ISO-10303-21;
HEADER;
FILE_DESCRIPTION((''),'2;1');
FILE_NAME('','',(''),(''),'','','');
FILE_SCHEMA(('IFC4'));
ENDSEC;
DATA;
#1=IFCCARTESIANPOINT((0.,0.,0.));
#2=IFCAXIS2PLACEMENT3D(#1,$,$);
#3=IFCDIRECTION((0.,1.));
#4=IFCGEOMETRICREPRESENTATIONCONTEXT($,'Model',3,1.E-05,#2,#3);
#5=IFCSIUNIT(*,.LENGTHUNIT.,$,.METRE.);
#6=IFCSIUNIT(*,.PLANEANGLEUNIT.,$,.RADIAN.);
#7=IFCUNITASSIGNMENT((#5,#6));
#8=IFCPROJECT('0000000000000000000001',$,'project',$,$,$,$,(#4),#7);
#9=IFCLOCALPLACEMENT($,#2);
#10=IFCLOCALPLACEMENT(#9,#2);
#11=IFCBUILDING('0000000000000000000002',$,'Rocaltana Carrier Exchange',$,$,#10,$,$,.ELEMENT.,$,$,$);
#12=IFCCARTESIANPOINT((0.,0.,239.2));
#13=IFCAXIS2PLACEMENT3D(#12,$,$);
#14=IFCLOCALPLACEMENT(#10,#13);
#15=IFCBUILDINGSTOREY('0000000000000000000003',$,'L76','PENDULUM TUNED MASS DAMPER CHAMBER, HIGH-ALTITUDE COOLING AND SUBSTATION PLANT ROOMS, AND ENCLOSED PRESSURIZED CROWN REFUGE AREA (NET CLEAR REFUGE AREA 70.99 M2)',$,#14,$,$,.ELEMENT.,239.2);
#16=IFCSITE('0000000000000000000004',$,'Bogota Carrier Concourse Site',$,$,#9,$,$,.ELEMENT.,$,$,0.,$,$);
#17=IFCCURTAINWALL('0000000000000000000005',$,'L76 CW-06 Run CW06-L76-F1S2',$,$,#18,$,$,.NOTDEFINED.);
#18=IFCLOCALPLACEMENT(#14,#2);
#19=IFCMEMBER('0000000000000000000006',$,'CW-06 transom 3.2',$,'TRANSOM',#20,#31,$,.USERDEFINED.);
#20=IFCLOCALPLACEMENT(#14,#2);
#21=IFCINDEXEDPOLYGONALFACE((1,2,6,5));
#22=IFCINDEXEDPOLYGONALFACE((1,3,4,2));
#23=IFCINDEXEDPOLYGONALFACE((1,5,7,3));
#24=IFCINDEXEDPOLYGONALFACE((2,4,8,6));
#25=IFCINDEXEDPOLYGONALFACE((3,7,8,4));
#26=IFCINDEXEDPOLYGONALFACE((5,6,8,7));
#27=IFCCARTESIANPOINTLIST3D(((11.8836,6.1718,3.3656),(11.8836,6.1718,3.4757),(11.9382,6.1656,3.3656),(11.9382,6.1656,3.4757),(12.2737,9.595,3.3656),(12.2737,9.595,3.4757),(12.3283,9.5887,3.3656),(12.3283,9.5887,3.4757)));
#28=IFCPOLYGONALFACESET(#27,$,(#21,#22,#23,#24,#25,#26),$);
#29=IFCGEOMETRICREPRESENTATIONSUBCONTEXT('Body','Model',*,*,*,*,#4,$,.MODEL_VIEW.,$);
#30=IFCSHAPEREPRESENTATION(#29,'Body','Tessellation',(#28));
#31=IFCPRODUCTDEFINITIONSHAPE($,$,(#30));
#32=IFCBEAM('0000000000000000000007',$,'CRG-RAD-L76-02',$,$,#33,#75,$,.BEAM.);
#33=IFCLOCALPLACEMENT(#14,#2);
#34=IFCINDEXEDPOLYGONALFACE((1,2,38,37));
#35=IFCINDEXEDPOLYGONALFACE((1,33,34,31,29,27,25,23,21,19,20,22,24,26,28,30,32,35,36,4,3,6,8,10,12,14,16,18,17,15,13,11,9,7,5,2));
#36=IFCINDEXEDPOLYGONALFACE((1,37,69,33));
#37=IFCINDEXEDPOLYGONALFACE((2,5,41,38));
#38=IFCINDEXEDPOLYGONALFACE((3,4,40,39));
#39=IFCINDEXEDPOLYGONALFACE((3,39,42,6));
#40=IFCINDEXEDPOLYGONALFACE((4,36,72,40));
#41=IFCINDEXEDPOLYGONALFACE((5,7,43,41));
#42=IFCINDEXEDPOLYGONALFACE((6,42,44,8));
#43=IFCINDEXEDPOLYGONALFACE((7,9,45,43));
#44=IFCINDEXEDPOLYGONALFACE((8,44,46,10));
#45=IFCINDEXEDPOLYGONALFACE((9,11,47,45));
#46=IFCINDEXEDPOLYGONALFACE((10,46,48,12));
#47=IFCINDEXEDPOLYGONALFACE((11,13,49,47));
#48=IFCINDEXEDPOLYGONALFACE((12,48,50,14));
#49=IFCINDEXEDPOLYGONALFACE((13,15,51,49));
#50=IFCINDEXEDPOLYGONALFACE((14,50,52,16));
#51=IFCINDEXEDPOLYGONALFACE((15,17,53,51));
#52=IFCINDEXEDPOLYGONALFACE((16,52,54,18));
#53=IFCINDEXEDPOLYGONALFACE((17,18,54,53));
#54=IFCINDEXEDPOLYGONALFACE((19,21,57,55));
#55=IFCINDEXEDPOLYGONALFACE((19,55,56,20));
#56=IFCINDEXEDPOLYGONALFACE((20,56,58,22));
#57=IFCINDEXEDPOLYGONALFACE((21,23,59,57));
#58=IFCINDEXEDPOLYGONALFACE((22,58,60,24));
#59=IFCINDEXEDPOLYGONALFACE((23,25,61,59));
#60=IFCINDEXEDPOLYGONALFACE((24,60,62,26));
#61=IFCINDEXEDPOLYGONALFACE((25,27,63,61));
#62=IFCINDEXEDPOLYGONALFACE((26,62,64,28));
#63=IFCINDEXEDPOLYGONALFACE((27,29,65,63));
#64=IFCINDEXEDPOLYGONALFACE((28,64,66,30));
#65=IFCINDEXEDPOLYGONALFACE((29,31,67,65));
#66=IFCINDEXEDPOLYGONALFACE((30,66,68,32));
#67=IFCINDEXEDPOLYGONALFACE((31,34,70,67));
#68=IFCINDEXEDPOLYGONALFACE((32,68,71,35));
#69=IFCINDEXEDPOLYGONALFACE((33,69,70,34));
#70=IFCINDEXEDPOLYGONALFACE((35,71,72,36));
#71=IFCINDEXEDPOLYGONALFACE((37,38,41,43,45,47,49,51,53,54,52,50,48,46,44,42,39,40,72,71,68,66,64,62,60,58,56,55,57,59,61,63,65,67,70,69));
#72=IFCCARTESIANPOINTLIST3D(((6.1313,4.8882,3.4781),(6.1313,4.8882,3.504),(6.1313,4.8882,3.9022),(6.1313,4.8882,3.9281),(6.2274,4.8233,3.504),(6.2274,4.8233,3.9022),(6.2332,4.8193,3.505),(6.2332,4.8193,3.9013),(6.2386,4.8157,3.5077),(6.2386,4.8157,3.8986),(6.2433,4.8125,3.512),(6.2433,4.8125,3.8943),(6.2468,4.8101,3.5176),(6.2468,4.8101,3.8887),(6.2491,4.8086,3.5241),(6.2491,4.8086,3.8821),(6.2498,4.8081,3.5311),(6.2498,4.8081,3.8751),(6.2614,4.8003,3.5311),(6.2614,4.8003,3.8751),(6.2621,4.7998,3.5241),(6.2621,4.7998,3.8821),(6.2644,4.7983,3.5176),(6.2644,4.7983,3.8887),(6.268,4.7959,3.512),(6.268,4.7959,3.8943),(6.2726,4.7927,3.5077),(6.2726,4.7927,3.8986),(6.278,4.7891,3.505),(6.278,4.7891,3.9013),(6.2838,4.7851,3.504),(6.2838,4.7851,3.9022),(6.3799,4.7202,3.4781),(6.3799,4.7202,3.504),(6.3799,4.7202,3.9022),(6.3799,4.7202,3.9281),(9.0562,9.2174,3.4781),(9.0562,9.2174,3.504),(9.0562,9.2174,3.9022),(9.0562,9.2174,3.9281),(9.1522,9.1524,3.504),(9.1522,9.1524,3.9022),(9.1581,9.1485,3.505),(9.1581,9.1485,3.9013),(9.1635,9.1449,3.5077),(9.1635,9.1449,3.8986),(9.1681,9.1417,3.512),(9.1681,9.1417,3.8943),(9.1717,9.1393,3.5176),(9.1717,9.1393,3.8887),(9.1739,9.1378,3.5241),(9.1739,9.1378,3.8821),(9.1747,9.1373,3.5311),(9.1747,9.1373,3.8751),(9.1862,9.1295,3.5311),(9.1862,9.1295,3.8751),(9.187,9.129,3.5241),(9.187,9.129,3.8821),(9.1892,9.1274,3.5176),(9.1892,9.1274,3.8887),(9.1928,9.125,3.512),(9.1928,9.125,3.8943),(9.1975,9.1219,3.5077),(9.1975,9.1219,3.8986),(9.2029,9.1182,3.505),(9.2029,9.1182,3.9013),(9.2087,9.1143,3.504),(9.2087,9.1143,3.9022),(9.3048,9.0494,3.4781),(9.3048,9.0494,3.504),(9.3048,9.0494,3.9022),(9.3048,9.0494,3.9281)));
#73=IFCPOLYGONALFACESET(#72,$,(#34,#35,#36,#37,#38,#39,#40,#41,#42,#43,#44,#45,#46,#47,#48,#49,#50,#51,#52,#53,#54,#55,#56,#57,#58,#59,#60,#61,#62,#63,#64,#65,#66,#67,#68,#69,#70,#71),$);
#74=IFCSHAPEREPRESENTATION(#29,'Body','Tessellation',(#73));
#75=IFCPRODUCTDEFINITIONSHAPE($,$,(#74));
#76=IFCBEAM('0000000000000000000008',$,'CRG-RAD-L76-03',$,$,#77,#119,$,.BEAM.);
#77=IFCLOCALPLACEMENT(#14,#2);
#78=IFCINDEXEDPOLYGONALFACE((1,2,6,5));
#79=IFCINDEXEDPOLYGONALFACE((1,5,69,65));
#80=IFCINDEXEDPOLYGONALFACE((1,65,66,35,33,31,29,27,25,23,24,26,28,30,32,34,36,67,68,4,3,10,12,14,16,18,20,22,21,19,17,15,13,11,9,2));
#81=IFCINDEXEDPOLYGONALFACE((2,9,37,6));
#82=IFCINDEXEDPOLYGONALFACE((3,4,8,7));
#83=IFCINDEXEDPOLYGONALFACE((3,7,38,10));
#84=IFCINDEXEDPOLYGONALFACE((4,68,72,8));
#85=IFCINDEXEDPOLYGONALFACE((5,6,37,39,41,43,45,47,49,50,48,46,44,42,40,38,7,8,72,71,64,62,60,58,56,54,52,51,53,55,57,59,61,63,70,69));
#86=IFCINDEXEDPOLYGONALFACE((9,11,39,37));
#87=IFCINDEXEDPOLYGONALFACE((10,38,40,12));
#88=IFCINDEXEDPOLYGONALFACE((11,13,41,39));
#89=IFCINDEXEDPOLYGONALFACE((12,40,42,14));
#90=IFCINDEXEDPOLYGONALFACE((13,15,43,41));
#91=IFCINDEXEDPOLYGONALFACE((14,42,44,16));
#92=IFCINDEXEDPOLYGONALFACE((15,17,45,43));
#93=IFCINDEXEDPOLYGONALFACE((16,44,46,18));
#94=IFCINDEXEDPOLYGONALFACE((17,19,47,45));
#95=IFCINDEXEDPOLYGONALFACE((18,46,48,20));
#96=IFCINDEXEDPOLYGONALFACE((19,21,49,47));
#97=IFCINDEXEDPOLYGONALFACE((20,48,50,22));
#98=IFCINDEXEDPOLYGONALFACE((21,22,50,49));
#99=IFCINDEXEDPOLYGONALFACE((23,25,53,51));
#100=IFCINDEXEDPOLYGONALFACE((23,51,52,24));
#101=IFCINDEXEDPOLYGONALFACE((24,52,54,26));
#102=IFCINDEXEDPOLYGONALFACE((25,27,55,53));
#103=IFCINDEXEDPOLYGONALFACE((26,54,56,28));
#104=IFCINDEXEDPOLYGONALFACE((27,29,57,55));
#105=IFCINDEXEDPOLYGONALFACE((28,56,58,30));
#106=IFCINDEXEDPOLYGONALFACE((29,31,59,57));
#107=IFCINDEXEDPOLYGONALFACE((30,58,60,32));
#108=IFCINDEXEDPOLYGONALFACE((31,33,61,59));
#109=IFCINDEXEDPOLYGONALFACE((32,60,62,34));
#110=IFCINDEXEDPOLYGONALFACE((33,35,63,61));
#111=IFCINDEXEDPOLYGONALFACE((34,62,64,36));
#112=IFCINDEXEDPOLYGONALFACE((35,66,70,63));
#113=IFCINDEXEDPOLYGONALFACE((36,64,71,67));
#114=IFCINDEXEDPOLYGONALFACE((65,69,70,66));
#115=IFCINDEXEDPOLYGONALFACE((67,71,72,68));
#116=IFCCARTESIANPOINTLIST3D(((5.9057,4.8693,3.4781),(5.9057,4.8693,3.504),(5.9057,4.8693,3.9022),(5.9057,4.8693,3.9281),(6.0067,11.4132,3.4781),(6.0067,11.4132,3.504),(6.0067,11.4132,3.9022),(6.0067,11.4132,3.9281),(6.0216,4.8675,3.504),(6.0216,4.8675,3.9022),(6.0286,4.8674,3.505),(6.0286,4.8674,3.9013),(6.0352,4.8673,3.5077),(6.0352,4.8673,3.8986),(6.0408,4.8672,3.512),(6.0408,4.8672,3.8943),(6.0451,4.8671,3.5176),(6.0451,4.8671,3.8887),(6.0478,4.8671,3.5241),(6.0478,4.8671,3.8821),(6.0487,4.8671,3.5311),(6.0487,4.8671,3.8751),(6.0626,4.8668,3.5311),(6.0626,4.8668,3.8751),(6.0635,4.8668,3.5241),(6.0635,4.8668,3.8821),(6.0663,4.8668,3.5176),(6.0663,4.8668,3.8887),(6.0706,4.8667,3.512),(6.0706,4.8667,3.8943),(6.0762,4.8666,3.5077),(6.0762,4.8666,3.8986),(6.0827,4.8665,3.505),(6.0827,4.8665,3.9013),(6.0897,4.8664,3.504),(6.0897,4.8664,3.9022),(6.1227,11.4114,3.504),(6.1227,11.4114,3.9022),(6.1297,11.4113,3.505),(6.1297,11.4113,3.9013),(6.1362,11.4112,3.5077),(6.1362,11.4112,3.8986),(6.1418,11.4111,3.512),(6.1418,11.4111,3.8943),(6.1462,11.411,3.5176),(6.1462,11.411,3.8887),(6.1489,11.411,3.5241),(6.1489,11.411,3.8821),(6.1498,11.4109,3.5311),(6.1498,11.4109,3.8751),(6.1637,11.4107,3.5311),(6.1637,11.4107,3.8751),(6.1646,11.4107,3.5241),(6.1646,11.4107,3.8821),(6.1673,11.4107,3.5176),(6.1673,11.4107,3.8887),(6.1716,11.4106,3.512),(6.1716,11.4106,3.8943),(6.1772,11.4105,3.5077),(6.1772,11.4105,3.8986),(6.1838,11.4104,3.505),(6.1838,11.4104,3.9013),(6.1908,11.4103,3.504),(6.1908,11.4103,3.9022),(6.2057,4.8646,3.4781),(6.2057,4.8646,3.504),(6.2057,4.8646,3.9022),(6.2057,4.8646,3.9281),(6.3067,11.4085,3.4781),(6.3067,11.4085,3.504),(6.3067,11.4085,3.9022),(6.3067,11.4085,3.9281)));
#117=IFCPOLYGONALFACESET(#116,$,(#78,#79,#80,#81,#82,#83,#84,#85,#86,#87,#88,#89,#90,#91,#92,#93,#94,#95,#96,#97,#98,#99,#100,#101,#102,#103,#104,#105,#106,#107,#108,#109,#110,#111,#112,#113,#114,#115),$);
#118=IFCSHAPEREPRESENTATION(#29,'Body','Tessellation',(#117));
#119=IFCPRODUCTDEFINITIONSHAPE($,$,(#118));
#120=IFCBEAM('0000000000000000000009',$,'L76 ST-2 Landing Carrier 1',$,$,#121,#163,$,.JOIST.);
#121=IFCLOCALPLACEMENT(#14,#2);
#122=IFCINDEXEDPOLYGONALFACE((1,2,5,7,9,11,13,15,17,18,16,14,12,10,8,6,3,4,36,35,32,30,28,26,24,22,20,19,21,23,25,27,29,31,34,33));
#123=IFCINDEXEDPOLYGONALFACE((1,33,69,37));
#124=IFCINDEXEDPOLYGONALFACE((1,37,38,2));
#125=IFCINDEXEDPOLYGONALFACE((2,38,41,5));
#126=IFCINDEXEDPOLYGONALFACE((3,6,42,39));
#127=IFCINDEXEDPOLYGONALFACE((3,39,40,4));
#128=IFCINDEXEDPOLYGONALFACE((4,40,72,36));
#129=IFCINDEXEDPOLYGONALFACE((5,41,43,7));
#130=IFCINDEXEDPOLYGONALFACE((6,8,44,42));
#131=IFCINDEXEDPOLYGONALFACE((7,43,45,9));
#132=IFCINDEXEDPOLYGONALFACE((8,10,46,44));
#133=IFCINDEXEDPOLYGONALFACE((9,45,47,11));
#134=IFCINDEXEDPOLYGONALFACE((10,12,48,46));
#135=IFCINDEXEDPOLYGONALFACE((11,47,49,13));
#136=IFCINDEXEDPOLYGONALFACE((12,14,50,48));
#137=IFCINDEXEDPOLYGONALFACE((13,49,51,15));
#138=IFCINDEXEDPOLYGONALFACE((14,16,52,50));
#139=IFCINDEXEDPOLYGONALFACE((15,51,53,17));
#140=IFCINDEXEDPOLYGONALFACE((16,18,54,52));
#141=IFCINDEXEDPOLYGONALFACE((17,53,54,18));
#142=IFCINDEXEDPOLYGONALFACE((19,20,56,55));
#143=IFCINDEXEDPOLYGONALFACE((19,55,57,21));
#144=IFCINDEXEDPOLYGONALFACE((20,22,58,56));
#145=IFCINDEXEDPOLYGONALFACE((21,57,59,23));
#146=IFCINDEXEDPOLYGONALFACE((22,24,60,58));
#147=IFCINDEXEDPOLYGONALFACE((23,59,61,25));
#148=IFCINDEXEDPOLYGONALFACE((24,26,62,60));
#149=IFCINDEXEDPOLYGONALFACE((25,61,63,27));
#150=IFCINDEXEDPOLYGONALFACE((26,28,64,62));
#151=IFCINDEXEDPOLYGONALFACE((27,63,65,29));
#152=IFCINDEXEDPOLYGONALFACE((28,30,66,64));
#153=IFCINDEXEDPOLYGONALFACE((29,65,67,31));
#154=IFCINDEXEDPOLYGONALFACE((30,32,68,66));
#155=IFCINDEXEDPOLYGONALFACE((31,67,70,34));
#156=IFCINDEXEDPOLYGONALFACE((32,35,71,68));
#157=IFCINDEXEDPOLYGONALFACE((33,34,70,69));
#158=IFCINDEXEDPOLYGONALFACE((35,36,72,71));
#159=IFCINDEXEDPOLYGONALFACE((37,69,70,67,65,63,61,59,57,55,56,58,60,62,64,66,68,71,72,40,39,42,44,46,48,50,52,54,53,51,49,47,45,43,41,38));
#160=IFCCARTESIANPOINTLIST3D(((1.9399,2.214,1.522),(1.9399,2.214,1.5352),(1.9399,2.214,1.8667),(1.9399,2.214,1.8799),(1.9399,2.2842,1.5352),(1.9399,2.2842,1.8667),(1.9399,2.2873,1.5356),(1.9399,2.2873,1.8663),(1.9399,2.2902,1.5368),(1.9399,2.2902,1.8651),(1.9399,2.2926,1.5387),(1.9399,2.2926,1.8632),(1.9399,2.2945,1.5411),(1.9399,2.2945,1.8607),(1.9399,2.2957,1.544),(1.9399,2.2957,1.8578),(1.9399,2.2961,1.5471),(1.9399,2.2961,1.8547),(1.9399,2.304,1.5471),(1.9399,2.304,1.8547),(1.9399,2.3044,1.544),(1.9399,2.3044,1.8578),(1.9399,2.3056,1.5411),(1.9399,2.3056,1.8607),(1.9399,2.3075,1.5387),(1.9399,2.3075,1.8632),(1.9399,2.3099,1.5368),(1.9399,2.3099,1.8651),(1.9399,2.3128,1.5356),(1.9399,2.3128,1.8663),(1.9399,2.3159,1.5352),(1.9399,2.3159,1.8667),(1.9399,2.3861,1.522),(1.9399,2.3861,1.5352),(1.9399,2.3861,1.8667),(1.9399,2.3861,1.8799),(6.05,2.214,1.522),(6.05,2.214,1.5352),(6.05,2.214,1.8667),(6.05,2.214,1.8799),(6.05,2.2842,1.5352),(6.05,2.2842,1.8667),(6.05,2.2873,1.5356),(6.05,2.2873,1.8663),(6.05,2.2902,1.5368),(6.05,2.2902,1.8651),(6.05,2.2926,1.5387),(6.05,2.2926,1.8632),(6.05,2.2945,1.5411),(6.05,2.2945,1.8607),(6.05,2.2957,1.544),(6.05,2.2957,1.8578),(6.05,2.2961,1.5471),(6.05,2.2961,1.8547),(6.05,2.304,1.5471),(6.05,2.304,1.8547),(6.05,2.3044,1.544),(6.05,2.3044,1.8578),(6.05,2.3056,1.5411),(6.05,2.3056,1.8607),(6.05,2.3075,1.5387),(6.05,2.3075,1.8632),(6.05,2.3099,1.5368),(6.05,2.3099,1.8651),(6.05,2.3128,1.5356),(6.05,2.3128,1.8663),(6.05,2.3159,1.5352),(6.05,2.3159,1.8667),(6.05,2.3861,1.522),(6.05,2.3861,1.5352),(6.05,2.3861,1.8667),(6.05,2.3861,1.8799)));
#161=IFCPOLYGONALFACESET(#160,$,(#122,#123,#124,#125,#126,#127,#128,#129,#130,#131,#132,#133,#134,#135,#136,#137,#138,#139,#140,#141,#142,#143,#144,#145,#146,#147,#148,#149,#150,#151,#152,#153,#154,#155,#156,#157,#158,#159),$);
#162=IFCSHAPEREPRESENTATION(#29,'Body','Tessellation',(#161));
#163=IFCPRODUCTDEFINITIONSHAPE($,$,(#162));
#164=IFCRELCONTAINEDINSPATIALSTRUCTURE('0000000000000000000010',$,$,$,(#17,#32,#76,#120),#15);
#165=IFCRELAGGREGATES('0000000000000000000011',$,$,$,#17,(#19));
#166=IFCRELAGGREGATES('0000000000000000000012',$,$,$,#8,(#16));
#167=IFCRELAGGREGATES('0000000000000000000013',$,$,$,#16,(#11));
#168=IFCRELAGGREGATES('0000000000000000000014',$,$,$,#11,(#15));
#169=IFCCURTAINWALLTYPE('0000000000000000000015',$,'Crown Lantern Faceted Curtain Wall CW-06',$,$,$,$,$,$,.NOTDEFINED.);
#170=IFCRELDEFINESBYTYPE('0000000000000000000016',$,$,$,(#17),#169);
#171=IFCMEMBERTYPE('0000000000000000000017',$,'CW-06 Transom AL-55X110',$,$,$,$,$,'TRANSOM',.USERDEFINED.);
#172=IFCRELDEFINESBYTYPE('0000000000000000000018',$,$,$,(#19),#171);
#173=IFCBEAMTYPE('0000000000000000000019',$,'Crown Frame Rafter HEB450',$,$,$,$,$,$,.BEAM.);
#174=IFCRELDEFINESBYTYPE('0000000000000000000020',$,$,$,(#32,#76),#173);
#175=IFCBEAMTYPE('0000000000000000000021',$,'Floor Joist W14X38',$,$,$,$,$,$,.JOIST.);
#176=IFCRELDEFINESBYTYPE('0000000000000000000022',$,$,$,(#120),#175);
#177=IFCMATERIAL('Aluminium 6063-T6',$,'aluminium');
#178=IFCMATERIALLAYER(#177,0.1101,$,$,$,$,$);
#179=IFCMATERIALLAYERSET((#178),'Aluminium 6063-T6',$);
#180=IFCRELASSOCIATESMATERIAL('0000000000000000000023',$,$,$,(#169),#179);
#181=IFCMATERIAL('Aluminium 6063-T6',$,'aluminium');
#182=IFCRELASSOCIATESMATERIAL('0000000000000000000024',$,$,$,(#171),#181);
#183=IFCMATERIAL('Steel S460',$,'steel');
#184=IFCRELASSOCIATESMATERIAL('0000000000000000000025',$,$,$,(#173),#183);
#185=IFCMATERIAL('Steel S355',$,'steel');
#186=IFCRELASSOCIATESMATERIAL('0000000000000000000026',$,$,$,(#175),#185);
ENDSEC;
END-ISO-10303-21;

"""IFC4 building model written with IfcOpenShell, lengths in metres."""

from ifc_helpers import new_model, si_unit, direction, frame, origin, origin_2d, place, context, subcontext, project, spatial, rectangle, i_section, extrude, material, layer, layer_set, material_profile, profile_set, type_object, element, aggregate, save


model = new_model("IFC4")

# Units and contexts
model_context = context("Model", 3, precision=1e-05, world=origin(), true_north=direction((0.0, 1.0)))
body_context = subcontext(model_context, "Body", "Model", "MODEL_VIEW")
ifc_project = project(units=[si_unit("LENGTHUNIT", "METRE"), si_unit("PLANEANGLEUNIT", "RADIAN")], contexts=[model_context])

# Site, building, storey
site_placement = place(None, origin())
site = spatial("IfcSite", under=ifc_project, at=site_placement, Name="Bogota Carrier Concourse Site", CompositionType="ELEMENT", RefElevation=0.0)
building_placement = place(site_placement, origin())
building = spatial("IfcBuilding", under=site, at=building_placement, Name="Rocaltana Carrier Exchange", CompositionType="ELEMENT")
storey_placement = place(building_placement, frame((0.0, 0.0, 239.2)))
storey = spatial("IfcBuildingStorey", under=building, at=storey_placement, Name="L76", Description="PENDULUM TUNED MASS DAMPER CHAMBER, HIGH-ALTITUDE COOLING AND SUBSTATION PLANT ROOMS, AND ENCLOSED PRESSURIZED CROWN REFUGE AREA (NET CLEAR REFUGE AREA 70.99 M2)", CompositionType="ELEMENT", Elevation=239.2)

# Curtain wall, member
ifc_material_1 = material(Name="Aluminium 6063-T6", Category="aluminium")
ifc_layer_1 = layer(ifc_material_1, 0.1101)
ifc_layer_set_1 = layer_set([ifc_layer_1], Name="Aluminium 6063-T6")
curtain_wall_type = type_object("IfcCurtainWallType", Name="Crown Lantern Faceted Curtain Wall CW-06", PredefinedType="NOTDEFINED", material=ifc_layer_set_1)
curtain_wall_placement = place(storey_placement, origin())
curtain_wall = element("IfcCurtainWall", 1, at=curtain_wall_placement, inside=storey, type_object=curtain_wall_type, Name="L76 CW-06 Run CW06-L76-F1S2", PredefinedType="NOTDEFINED")
ifc_material_2 = material(Name="Aluminium 6063-T6", Category="aluminium")
ifc_material_profile_1 = material_profile(ifc_material_2, rectangle(XDim=0.0549, YDim=0.1101, at=origin_2d()), Name="AL-55X110")
ifc_profile_set_1 = profile_set([ifc_material_profile_1], Name="Aluminium 6063-T6")
member_type_1 = type_object("IfcMemberType", Name="CW-06 Transom AL-55X110", ElementType="TRANSOM", PredefinedType="USERDEFINED", material=ifc_profile_set_1)
member_1_placement = place(storey_placement, frame((11.9109, 6.1687, 3.4207), z_axis=(0.113239, 0.993568, 0.0), x_axis=(-0.993568, 0.113239, 0.0)))
member_1 = element("IfcMember", 2, at=member_1_placement, type_object=member_type_1, Name="CW-06 transom 3.2", ObjectType="TRANSOM", PredefinedType="USERDEFINED", context=body_context, shape_type="SweptSolid", body=[
    extrude(rectangle(XDim=0.0549, YDim=0.1101, at=origin_2d()), origin(), (0.0, 0.0, 1.0), 3.4453),
])

# Beams
ifc_material_3 = material(Name="Steel S460", Category="steel")
ifc_material_profile_2 = material_profile(ifc_material_3, i_section(OverallWidth=0.3, OverallDepth=0.45, WebThickness=0.0139, FlangeThickness=0.0259, FilletRadius=0.0271, at=origin_2d()), Name="HEB450")
ifc_profile_set_2 = profile_set([ifc_material_profile_2], Name="Steel S460")
beam_type_1 = type_object("IfcBeamType", Name="Crown Frame Rafter HEB450", PredefinedType="BEAM", material=ifc_profile_set_2)
beam_1_placement = place(storey_placement, frame((6.2556, 4.8042, 3.7031), z_axis=(0.559823, 0.828612, 0.0), x_axis=(-0.828612, 0.559823, 0.0)))
element("IfcBeam", 3, at=beam_1_placement, inside=storey, type_object=beam_type_1, Name="CRG-RAD-L76-02", PredefinedType="BEAM", context=body_context, shape_type="SweptSolid", body=[
    extrude(i_section(OverallWidth=0.3, OverallDepth=0.45, WebThickness=0.0139, FlangeThickness=0.0259, FilletRadius=0.0271, at=origin_2d()), origin(), (0.0, 0.0, 1.0), 5.2246),
])
beam_2_placement = place(storey_placement, frame((6.0557, 4.8669, 3.7031), z_axis=(0.015444, 0.999881, 0.0), x_axis=(-0.999881, 0.015444, 0.0)))
element("IfcBeam", 4, at=beam_2_placement, inside=storey, type_object=beam_type_1, Name="CRG-RAD-L76-03", PredefinedType="BEAM", context=body_context, shape_type="SweptSolid", body=[
    extrude(i_section(OverallWidth=0.3, OverallDepth=0.45, WebThickness=0.0139, FlangeThickness=0.0259, FilletRadius=0.0271, at=origin_2d()), origin(), (0.0, 0.0, 1.0), 6.5447),
])
ifc_material_4 = material(Name="Steel S355", Category="steel")
ifc_material_profile_3 = material_profile(ifc_material_4, i_section(OverallWidth=0.1721, OverallDepth=0.3579, WebThickness=0.0078, FlangeThickness=0.0132, FilletRadius=0.012, at=origin_2d()), Name="W14X38")
ifc_profile_set_3 = profile_set([ifc_material_profile_3], Name="Steel S355")
beam_type_2 = type_object("IfcBeamType", Name="Floor Joist W14X38", PredefinedType="JOIST", material=ifc_profile_set_3)
for number, where, z_axis, x_axis, name in (
    (5, (1.9399, 2.3, 1.7009), (1.0, 0.0, 0.0), (0.0, 1.0, 0.0), "L76 ST-2 Landing Carrier 1"),
):
    element("IfcBeam", number, at=place(storey_placement, frame(where, z_axis=z_axis, x_axis=x_axis)), inside=storey, type_object=beam_type_2, Name=name, PredefinedType="JOIST", context=body_context, shape_type="SweptSolid", body=[
        extrude(i_section(OverallWidth=0.1721, OverallDepth=0.3579, WebThickness=0.0078, FlangeThickness=0.0132, FilletRadius=0.012, at=origin_2d()), origin(), (0.0, 0.0, 1.0), 4.1101),
    ])

aggregate(curtain_wall, [member_1])

save(model, "model.ifc")
